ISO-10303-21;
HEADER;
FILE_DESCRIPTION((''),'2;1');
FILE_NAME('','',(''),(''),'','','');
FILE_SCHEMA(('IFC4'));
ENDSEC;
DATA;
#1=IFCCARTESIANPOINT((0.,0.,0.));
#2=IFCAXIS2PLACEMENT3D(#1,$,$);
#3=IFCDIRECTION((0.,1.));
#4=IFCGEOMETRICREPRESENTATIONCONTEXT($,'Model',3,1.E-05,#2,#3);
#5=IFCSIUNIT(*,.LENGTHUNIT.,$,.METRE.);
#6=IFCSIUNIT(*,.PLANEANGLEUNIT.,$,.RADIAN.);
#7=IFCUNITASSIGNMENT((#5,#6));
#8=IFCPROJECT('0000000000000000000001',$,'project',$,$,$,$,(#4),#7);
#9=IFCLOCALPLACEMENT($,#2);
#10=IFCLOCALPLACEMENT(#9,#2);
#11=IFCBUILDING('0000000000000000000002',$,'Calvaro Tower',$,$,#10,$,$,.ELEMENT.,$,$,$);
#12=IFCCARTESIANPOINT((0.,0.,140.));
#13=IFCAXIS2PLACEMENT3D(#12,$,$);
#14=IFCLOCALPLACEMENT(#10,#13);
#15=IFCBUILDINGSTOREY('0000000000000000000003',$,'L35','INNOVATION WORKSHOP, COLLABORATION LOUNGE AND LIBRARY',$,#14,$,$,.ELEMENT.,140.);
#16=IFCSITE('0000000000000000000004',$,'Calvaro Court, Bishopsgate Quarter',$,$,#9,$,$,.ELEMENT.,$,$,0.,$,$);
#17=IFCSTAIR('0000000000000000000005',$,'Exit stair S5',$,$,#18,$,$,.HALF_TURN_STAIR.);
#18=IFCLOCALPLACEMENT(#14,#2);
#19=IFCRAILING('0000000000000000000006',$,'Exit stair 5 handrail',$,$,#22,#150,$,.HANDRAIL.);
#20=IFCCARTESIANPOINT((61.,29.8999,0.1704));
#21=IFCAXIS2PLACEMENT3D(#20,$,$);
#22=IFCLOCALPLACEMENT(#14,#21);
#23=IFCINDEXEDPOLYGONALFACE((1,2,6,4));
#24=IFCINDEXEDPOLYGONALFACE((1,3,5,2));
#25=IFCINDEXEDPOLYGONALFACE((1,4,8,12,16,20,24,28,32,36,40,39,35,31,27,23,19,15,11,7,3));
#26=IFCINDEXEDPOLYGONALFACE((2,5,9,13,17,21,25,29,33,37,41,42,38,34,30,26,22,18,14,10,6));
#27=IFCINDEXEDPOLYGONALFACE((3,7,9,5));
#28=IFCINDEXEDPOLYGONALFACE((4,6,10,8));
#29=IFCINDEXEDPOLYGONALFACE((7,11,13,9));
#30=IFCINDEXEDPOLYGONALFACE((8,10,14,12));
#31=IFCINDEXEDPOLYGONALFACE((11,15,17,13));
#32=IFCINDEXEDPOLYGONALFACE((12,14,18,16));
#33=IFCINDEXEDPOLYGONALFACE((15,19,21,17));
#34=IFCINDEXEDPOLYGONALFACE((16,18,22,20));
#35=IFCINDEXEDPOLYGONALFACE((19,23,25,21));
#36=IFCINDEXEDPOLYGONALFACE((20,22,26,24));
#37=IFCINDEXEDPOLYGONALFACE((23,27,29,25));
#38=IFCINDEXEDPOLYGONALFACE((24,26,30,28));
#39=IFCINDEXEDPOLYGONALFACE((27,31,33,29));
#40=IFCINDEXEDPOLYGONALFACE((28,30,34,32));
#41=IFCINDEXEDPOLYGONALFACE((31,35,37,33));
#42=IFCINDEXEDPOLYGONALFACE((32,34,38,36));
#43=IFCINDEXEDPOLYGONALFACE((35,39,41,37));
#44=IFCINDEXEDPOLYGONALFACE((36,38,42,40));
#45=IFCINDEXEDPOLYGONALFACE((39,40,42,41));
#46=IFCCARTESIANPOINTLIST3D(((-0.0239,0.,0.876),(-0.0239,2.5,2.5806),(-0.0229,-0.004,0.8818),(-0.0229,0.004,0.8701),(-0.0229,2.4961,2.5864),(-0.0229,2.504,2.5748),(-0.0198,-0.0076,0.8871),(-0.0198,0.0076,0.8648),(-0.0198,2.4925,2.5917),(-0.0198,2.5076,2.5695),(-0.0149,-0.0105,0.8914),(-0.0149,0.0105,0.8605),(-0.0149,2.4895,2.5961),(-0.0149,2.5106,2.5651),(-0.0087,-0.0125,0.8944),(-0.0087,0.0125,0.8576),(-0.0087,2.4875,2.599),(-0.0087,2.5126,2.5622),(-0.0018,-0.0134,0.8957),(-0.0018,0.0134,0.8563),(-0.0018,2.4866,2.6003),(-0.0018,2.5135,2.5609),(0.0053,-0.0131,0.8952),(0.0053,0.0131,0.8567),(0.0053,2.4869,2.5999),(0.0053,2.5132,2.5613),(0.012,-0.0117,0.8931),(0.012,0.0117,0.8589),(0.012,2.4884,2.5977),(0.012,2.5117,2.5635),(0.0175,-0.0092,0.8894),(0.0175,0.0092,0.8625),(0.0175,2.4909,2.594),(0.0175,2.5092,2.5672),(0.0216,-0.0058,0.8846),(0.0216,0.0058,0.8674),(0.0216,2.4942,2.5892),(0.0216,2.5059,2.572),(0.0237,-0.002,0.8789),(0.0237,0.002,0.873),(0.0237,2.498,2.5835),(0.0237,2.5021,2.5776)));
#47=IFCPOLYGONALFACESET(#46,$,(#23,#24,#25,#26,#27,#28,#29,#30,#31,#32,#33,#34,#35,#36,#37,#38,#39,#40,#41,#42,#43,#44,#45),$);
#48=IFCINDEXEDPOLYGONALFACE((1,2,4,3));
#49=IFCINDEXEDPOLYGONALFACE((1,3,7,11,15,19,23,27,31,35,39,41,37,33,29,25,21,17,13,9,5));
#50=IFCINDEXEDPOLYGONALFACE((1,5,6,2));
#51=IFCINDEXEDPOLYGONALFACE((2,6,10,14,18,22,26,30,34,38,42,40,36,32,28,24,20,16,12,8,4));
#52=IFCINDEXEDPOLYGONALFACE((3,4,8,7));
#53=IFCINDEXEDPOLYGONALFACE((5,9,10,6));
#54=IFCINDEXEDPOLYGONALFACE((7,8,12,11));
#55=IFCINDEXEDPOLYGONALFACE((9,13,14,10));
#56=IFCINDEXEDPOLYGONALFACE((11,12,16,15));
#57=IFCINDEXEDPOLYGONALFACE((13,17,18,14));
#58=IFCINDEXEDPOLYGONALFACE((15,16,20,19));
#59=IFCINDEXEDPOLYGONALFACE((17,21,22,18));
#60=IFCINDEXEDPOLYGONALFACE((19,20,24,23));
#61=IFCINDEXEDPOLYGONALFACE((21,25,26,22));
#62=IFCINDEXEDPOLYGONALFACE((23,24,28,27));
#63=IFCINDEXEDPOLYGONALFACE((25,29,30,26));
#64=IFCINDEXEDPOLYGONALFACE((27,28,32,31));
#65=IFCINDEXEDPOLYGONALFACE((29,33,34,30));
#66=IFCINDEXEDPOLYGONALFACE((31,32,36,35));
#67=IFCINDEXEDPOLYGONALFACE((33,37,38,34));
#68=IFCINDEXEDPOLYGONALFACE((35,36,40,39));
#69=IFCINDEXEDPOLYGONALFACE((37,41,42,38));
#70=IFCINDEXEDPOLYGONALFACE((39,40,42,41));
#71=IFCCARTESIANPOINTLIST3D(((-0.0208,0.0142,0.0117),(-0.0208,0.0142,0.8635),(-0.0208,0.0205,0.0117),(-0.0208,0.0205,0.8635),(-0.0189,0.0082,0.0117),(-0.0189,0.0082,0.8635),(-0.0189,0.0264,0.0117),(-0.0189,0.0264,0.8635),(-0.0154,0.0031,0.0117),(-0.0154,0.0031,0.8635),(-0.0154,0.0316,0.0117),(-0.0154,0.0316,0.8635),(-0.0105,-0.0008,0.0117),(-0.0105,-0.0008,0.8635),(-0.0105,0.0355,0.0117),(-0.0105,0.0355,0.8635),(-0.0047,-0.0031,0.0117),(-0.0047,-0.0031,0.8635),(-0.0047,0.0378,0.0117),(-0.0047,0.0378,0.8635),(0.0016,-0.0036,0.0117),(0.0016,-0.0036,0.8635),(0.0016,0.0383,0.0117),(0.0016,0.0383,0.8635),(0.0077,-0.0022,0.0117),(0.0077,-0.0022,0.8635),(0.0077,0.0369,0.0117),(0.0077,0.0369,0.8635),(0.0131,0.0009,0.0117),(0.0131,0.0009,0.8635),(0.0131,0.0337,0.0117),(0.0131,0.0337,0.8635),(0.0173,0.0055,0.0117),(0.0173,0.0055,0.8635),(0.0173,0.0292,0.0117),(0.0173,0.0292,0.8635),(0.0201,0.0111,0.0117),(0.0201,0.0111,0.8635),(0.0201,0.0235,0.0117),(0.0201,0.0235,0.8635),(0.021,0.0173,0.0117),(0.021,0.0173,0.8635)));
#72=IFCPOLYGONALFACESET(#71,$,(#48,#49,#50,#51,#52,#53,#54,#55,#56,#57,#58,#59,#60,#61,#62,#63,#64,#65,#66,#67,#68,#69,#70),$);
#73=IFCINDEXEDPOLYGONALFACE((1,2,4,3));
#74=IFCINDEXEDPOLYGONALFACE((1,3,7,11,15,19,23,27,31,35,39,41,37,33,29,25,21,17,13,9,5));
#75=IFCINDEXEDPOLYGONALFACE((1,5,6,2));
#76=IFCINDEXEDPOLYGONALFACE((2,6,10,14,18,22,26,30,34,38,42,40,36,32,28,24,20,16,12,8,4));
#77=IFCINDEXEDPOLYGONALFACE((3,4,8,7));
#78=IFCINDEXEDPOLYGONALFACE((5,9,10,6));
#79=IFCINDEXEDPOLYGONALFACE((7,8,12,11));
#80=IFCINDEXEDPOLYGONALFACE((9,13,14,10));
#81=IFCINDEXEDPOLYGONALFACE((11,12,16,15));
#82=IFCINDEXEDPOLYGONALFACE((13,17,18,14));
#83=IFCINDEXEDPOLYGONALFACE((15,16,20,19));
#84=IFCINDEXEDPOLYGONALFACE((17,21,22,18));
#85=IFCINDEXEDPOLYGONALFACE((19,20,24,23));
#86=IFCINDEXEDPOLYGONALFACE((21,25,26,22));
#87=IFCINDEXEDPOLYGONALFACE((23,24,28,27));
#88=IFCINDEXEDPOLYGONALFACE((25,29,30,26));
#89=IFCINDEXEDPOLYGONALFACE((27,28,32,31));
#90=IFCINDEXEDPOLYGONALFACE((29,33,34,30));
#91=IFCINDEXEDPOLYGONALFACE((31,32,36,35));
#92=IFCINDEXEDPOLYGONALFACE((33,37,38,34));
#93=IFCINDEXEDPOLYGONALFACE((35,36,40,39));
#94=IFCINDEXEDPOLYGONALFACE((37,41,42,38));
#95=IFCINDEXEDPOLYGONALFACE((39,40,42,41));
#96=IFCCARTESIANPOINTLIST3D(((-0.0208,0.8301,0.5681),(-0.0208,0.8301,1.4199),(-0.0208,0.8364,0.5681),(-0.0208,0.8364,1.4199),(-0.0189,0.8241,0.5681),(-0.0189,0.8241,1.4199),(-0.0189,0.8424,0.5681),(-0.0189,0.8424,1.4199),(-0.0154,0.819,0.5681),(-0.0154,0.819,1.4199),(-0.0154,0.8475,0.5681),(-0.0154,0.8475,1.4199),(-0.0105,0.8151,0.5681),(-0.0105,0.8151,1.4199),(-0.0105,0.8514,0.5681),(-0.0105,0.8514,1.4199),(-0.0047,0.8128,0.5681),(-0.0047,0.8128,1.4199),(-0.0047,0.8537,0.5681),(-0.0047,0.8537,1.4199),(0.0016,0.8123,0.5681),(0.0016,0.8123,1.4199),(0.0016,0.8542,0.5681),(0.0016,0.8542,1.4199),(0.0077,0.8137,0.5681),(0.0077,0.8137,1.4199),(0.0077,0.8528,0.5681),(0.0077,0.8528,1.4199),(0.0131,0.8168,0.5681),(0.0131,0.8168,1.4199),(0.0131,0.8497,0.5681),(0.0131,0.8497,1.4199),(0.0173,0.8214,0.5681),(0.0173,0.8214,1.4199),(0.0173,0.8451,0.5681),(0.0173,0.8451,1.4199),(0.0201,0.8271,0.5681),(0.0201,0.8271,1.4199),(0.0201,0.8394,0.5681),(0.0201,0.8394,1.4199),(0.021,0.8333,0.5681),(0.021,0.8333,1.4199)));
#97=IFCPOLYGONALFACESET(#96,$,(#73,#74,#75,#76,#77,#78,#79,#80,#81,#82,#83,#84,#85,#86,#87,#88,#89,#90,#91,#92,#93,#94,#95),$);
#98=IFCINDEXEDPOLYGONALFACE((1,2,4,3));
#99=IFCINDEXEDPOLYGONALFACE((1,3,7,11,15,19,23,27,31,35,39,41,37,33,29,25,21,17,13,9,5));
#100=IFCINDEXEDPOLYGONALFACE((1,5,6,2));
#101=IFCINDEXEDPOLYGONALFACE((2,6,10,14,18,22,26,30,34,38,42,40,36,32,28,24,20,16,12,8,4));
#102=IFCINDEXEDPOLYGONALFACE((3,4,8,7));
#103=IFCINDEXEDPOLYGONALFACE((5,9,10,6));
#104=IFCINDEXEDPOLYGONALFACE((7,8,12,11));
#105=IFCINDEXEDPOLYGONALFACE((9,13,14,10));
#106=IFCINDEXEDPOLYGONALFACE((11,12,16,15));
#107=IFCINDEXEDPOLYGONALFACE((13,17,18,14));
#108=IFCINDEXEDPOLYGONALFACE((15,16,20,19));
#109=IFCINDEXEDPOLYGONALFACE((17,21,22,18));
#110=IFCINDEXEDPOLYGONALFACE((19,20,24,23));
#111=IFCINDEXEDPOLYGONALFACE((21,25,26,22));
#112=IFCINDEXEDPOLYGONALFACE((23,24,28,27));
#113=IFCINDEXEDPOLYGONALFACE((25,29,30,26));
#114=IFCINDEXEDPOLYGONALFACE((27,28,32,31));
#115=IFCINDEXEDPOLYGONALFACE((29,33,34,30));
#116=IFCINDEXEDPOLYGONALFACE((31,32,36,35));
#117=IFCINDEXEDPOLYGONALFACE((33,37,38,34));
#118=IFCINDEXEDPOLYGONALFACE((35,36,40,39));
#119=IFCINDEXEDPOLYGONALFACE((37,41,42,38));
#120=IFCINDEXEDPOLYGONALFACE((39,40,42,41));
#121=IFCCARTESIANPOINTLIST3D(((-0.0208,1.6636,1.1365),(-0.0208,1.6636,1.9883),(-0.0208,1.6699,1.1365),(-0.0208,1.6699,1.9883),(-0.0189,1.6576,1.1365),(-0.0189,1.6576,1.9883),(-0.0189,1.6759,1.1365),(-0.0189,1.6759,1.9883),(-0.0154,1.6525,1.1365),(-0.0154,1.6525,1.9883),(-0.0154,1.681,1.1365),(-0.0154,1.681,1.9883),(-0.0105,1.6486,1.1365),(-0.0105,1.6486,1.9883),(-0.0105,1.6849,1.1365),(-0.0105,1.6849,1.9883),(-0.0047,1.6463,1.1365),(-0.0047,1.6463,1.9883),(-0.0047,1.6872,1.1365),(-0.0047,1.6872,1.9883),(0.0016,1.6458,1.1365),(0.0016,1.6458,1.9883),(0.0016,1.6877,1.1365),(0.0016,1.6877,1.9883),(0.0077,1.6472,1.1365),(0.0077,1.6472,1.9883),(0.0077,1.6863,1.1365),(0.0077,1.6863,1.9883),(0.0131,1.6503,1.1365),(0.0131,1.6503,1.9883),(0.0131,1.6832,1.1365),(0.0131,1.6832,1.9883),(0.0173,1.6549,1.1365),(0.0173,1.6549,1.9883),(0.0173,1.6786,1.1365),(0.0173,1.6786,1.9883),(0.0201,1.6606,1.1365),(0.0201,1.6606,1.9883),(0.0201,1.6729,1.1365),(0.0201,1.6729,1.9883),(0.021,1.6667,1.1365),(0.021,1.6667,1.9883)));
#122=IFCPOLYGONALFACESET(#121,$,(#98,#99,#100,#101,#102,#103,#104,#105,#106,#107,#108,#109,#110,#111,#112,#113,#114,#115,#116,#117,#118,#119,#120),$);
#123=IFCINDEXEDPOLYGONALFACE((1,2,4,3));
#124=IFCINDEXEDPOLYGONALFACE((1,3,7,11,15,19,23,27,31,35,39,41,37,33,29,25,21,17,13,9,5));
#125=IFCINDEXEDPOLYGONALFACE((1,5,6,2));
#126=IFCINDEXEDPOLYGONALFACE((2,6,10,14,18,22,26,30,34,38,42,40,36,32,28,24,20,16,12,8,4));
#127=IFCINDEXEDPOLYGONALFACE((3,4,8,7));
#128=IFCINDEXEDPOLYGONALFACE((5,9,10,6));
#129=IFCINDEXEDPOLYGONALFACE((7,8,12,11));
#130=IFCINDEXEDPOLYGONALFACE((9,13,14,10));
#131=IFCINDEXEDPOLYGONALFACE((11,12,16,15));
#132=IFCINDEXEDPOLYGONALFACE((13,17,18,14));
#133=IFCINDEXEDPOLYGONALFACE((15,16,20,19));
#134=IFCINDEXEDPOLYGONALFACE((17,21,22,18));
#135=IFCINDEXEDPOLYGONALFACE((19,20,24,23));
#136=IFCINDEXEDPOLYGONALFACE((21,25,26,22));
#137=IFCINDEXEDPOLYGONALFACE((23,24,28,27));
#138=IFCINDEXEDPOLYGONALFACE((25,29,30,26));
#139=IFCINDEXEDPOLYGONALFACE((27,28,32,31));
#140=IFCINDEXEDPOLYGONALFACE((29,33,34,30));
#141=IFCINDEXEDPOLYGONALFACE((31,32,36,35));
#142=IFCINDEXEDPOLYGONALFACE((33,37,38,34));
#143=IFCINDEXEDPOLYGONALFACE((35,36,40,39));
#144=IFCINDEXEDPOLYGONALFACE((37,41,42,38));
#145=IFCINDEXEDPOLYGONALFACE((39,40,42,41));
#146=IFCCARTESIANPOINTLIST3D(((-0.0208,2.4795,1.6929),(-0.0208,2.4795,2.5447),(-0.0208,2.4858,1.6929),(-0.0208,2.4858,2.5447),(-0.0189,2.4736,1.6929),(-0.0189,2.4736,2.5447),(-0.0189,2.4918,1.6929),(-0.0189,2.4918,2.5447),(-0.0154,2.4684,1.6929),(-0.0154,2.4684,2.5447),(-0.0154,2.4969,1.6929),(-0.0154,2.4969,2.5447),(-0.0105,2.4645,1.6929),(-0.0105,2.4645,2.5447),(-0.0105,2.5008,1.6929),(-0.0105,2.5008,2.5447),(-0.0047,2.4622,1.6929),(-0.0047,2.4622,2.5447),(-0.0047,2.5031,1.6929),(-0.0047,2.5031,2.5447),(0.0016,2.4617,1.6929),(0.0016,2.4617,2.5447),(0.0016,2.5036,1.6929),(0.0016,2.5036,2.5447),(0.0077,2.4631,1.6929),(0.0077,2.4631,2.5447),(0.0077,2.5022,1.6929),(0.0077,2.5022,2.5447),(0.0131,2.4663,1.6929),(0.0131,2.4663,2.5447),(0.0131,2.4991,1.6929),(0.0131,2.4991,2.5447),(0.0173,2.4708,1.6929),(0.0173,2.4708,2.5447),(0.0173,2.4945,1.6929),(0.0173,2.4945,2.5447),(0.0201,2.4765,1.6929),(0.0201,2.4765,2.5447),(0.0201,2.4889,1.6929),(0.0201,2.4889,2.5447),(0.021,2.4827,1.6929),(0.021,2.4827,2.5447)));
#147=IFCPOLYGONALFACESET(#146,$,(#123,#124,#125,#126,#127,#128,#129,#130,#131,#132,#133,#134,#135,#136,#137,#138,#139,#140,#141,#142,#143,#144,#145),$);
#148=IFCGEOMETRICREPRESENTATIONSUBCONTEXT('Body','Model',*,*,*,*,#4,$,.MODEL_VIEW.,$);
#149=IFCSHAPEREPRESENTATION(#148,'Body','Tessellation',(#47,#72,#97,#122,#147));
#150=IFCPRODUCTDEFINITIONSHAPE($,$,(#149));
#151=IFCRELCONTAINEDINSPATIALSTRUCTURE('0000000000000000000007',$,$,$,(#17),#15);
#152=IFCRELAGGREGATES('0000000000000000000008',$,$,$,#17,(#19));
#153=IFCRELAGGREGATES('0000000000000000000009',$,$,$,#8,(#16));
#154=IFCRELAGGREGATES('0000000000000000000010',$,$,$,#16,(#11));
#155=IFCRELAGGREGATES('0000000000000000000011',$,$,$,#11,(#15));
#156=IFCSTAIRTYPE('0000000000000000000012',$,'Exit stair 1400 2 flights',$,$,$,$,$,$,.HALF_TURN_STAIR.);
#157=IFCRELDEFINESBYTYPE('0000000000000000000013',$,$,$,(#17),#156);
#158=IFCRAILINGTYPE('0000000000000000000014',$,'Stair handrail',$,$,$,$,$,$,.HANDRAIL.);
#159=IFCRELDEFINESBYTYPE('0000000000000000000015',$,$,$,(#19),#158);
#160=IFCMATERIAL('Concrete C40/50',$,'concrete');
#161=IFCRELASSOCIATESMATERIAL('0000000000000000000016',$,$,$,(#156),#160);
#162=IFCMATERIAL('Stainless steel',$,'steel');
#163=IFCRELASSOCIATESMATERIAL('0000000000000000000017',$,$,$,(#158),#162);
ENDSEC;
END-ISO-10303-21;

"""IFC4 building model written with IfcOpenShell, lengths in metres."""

from ifc_helpers import new_model, si_unit, direction, frame, origin, origin_2d, place, context, subcontext, project, spatial, circle, extrude, material, type_object, element, aggregate, save


model = new_model("IFC4")

# Units and contexts
model_context = context("Model", 3, precision=1e-05, world=origin(), true_north=direction((0.0, 1.0)))
body_context = subcontext(model_context, "Body", "Model", "MODEL_VIEW")
ifc_project = project(units=[si_unit("LENGTHUNIT", "METRE"), si_unit("PLANEANGLEUNIT", "RADIAN")], contexts=[model_context])

# Site, building, storey
site_placement = place(None, origin())
site = spatial("IfcSite", under=ifc_project, at=site_placement, Name="Calvaro Court, Bishopsgate Quarter", CompositionType="ELEMENT", RefElevation=0.0)
building_placement = place(site_placement, origin())
building = spatial("IfcBuilding", under=site, at=building_placement, Name="Calvaro Tower", CompositionType="ELEMENT")
storey_placement = place(building_placement, frame((0.0, 0.0, 140.0)))
storey = spatial("IfcBuildingStorey", under=building, at=storey_placement, Name="L35", Description="INNOVATION WORKSHOP, COLLABORATION LOUNGE AND LIBRARY", CompositionType="ELEMENT", Elevation=140.0)

# Stair
ifc_material_1 = material(Name="Concrete C40/50", Category="concrete")
stair_type = type_object("IfcStairType", Name="Exit stair 1400 2 flights", PredefinedType="HALF_TURN_STAIR", material=ifc_material_1)
stair_1_placement = place(storey_placement, origin())
stair_1 = element("IfcStair", 1, at=stair_1_placement, inside=storey, type_object=stair_type, Name="Exit stair S5", PredefinedType="HALF_TURN_STAIR")

# Shared definitions
ifc_material_2 = material(Name="Stainless steel", Category="steel")
railing_type = type_object("IfcRailingType", Name="Stair handrail", PredefinedType="HANDRAIL", material=ifc_material_2)

# Railing
railing_1_placement = place(storey_placement, frame((61.0, 29.8999, 0.1704)))
railing_1 = element("IfcRailing", 2, at=railing_1_placement, type_object=railing_type, Name="Exit stair 5 handrail", PredefinedType="HANDRAIL", context=body_context, shape_type="SweptSolid", body=[
    extrude(circle(Radius=0.0239, at=origin_2d()), frame((0.0, 0.0, 0.876), z_axis=(0.0, 0.826221, 0.563347), x_axis=(-1.0, 0.0, 0.0)), (0.0, 0.0, 1.0), 3.0259),
    extrude(circle(Radius=0.021, at=origin_2d()), frame((0.0, 0.0173, 0.0117)), (0.0, 0.0, 1.0), 0.8518),
    extrude(circle(Radius=0.021, at=origin_2d()), frame((0.0, 0.8333, 0.5681)), (0.0, 0.0, 1.0), 0.8518),
    extrude(circle(Radius=0.021, at=origin_2d()), frame((0.0, 1.6667, 1.1365)), (0.0, 0.0, 1.0), 0.8518),
    extrude(circle(Radius=0.021, at=origin_2d()), frame((0.0, 2.4827, 1.6929)), (0.0, 0.0, 1.0), 0.8518),
])
aggregate(stair_1, [railing_1])

save(model, "model.ifc")
